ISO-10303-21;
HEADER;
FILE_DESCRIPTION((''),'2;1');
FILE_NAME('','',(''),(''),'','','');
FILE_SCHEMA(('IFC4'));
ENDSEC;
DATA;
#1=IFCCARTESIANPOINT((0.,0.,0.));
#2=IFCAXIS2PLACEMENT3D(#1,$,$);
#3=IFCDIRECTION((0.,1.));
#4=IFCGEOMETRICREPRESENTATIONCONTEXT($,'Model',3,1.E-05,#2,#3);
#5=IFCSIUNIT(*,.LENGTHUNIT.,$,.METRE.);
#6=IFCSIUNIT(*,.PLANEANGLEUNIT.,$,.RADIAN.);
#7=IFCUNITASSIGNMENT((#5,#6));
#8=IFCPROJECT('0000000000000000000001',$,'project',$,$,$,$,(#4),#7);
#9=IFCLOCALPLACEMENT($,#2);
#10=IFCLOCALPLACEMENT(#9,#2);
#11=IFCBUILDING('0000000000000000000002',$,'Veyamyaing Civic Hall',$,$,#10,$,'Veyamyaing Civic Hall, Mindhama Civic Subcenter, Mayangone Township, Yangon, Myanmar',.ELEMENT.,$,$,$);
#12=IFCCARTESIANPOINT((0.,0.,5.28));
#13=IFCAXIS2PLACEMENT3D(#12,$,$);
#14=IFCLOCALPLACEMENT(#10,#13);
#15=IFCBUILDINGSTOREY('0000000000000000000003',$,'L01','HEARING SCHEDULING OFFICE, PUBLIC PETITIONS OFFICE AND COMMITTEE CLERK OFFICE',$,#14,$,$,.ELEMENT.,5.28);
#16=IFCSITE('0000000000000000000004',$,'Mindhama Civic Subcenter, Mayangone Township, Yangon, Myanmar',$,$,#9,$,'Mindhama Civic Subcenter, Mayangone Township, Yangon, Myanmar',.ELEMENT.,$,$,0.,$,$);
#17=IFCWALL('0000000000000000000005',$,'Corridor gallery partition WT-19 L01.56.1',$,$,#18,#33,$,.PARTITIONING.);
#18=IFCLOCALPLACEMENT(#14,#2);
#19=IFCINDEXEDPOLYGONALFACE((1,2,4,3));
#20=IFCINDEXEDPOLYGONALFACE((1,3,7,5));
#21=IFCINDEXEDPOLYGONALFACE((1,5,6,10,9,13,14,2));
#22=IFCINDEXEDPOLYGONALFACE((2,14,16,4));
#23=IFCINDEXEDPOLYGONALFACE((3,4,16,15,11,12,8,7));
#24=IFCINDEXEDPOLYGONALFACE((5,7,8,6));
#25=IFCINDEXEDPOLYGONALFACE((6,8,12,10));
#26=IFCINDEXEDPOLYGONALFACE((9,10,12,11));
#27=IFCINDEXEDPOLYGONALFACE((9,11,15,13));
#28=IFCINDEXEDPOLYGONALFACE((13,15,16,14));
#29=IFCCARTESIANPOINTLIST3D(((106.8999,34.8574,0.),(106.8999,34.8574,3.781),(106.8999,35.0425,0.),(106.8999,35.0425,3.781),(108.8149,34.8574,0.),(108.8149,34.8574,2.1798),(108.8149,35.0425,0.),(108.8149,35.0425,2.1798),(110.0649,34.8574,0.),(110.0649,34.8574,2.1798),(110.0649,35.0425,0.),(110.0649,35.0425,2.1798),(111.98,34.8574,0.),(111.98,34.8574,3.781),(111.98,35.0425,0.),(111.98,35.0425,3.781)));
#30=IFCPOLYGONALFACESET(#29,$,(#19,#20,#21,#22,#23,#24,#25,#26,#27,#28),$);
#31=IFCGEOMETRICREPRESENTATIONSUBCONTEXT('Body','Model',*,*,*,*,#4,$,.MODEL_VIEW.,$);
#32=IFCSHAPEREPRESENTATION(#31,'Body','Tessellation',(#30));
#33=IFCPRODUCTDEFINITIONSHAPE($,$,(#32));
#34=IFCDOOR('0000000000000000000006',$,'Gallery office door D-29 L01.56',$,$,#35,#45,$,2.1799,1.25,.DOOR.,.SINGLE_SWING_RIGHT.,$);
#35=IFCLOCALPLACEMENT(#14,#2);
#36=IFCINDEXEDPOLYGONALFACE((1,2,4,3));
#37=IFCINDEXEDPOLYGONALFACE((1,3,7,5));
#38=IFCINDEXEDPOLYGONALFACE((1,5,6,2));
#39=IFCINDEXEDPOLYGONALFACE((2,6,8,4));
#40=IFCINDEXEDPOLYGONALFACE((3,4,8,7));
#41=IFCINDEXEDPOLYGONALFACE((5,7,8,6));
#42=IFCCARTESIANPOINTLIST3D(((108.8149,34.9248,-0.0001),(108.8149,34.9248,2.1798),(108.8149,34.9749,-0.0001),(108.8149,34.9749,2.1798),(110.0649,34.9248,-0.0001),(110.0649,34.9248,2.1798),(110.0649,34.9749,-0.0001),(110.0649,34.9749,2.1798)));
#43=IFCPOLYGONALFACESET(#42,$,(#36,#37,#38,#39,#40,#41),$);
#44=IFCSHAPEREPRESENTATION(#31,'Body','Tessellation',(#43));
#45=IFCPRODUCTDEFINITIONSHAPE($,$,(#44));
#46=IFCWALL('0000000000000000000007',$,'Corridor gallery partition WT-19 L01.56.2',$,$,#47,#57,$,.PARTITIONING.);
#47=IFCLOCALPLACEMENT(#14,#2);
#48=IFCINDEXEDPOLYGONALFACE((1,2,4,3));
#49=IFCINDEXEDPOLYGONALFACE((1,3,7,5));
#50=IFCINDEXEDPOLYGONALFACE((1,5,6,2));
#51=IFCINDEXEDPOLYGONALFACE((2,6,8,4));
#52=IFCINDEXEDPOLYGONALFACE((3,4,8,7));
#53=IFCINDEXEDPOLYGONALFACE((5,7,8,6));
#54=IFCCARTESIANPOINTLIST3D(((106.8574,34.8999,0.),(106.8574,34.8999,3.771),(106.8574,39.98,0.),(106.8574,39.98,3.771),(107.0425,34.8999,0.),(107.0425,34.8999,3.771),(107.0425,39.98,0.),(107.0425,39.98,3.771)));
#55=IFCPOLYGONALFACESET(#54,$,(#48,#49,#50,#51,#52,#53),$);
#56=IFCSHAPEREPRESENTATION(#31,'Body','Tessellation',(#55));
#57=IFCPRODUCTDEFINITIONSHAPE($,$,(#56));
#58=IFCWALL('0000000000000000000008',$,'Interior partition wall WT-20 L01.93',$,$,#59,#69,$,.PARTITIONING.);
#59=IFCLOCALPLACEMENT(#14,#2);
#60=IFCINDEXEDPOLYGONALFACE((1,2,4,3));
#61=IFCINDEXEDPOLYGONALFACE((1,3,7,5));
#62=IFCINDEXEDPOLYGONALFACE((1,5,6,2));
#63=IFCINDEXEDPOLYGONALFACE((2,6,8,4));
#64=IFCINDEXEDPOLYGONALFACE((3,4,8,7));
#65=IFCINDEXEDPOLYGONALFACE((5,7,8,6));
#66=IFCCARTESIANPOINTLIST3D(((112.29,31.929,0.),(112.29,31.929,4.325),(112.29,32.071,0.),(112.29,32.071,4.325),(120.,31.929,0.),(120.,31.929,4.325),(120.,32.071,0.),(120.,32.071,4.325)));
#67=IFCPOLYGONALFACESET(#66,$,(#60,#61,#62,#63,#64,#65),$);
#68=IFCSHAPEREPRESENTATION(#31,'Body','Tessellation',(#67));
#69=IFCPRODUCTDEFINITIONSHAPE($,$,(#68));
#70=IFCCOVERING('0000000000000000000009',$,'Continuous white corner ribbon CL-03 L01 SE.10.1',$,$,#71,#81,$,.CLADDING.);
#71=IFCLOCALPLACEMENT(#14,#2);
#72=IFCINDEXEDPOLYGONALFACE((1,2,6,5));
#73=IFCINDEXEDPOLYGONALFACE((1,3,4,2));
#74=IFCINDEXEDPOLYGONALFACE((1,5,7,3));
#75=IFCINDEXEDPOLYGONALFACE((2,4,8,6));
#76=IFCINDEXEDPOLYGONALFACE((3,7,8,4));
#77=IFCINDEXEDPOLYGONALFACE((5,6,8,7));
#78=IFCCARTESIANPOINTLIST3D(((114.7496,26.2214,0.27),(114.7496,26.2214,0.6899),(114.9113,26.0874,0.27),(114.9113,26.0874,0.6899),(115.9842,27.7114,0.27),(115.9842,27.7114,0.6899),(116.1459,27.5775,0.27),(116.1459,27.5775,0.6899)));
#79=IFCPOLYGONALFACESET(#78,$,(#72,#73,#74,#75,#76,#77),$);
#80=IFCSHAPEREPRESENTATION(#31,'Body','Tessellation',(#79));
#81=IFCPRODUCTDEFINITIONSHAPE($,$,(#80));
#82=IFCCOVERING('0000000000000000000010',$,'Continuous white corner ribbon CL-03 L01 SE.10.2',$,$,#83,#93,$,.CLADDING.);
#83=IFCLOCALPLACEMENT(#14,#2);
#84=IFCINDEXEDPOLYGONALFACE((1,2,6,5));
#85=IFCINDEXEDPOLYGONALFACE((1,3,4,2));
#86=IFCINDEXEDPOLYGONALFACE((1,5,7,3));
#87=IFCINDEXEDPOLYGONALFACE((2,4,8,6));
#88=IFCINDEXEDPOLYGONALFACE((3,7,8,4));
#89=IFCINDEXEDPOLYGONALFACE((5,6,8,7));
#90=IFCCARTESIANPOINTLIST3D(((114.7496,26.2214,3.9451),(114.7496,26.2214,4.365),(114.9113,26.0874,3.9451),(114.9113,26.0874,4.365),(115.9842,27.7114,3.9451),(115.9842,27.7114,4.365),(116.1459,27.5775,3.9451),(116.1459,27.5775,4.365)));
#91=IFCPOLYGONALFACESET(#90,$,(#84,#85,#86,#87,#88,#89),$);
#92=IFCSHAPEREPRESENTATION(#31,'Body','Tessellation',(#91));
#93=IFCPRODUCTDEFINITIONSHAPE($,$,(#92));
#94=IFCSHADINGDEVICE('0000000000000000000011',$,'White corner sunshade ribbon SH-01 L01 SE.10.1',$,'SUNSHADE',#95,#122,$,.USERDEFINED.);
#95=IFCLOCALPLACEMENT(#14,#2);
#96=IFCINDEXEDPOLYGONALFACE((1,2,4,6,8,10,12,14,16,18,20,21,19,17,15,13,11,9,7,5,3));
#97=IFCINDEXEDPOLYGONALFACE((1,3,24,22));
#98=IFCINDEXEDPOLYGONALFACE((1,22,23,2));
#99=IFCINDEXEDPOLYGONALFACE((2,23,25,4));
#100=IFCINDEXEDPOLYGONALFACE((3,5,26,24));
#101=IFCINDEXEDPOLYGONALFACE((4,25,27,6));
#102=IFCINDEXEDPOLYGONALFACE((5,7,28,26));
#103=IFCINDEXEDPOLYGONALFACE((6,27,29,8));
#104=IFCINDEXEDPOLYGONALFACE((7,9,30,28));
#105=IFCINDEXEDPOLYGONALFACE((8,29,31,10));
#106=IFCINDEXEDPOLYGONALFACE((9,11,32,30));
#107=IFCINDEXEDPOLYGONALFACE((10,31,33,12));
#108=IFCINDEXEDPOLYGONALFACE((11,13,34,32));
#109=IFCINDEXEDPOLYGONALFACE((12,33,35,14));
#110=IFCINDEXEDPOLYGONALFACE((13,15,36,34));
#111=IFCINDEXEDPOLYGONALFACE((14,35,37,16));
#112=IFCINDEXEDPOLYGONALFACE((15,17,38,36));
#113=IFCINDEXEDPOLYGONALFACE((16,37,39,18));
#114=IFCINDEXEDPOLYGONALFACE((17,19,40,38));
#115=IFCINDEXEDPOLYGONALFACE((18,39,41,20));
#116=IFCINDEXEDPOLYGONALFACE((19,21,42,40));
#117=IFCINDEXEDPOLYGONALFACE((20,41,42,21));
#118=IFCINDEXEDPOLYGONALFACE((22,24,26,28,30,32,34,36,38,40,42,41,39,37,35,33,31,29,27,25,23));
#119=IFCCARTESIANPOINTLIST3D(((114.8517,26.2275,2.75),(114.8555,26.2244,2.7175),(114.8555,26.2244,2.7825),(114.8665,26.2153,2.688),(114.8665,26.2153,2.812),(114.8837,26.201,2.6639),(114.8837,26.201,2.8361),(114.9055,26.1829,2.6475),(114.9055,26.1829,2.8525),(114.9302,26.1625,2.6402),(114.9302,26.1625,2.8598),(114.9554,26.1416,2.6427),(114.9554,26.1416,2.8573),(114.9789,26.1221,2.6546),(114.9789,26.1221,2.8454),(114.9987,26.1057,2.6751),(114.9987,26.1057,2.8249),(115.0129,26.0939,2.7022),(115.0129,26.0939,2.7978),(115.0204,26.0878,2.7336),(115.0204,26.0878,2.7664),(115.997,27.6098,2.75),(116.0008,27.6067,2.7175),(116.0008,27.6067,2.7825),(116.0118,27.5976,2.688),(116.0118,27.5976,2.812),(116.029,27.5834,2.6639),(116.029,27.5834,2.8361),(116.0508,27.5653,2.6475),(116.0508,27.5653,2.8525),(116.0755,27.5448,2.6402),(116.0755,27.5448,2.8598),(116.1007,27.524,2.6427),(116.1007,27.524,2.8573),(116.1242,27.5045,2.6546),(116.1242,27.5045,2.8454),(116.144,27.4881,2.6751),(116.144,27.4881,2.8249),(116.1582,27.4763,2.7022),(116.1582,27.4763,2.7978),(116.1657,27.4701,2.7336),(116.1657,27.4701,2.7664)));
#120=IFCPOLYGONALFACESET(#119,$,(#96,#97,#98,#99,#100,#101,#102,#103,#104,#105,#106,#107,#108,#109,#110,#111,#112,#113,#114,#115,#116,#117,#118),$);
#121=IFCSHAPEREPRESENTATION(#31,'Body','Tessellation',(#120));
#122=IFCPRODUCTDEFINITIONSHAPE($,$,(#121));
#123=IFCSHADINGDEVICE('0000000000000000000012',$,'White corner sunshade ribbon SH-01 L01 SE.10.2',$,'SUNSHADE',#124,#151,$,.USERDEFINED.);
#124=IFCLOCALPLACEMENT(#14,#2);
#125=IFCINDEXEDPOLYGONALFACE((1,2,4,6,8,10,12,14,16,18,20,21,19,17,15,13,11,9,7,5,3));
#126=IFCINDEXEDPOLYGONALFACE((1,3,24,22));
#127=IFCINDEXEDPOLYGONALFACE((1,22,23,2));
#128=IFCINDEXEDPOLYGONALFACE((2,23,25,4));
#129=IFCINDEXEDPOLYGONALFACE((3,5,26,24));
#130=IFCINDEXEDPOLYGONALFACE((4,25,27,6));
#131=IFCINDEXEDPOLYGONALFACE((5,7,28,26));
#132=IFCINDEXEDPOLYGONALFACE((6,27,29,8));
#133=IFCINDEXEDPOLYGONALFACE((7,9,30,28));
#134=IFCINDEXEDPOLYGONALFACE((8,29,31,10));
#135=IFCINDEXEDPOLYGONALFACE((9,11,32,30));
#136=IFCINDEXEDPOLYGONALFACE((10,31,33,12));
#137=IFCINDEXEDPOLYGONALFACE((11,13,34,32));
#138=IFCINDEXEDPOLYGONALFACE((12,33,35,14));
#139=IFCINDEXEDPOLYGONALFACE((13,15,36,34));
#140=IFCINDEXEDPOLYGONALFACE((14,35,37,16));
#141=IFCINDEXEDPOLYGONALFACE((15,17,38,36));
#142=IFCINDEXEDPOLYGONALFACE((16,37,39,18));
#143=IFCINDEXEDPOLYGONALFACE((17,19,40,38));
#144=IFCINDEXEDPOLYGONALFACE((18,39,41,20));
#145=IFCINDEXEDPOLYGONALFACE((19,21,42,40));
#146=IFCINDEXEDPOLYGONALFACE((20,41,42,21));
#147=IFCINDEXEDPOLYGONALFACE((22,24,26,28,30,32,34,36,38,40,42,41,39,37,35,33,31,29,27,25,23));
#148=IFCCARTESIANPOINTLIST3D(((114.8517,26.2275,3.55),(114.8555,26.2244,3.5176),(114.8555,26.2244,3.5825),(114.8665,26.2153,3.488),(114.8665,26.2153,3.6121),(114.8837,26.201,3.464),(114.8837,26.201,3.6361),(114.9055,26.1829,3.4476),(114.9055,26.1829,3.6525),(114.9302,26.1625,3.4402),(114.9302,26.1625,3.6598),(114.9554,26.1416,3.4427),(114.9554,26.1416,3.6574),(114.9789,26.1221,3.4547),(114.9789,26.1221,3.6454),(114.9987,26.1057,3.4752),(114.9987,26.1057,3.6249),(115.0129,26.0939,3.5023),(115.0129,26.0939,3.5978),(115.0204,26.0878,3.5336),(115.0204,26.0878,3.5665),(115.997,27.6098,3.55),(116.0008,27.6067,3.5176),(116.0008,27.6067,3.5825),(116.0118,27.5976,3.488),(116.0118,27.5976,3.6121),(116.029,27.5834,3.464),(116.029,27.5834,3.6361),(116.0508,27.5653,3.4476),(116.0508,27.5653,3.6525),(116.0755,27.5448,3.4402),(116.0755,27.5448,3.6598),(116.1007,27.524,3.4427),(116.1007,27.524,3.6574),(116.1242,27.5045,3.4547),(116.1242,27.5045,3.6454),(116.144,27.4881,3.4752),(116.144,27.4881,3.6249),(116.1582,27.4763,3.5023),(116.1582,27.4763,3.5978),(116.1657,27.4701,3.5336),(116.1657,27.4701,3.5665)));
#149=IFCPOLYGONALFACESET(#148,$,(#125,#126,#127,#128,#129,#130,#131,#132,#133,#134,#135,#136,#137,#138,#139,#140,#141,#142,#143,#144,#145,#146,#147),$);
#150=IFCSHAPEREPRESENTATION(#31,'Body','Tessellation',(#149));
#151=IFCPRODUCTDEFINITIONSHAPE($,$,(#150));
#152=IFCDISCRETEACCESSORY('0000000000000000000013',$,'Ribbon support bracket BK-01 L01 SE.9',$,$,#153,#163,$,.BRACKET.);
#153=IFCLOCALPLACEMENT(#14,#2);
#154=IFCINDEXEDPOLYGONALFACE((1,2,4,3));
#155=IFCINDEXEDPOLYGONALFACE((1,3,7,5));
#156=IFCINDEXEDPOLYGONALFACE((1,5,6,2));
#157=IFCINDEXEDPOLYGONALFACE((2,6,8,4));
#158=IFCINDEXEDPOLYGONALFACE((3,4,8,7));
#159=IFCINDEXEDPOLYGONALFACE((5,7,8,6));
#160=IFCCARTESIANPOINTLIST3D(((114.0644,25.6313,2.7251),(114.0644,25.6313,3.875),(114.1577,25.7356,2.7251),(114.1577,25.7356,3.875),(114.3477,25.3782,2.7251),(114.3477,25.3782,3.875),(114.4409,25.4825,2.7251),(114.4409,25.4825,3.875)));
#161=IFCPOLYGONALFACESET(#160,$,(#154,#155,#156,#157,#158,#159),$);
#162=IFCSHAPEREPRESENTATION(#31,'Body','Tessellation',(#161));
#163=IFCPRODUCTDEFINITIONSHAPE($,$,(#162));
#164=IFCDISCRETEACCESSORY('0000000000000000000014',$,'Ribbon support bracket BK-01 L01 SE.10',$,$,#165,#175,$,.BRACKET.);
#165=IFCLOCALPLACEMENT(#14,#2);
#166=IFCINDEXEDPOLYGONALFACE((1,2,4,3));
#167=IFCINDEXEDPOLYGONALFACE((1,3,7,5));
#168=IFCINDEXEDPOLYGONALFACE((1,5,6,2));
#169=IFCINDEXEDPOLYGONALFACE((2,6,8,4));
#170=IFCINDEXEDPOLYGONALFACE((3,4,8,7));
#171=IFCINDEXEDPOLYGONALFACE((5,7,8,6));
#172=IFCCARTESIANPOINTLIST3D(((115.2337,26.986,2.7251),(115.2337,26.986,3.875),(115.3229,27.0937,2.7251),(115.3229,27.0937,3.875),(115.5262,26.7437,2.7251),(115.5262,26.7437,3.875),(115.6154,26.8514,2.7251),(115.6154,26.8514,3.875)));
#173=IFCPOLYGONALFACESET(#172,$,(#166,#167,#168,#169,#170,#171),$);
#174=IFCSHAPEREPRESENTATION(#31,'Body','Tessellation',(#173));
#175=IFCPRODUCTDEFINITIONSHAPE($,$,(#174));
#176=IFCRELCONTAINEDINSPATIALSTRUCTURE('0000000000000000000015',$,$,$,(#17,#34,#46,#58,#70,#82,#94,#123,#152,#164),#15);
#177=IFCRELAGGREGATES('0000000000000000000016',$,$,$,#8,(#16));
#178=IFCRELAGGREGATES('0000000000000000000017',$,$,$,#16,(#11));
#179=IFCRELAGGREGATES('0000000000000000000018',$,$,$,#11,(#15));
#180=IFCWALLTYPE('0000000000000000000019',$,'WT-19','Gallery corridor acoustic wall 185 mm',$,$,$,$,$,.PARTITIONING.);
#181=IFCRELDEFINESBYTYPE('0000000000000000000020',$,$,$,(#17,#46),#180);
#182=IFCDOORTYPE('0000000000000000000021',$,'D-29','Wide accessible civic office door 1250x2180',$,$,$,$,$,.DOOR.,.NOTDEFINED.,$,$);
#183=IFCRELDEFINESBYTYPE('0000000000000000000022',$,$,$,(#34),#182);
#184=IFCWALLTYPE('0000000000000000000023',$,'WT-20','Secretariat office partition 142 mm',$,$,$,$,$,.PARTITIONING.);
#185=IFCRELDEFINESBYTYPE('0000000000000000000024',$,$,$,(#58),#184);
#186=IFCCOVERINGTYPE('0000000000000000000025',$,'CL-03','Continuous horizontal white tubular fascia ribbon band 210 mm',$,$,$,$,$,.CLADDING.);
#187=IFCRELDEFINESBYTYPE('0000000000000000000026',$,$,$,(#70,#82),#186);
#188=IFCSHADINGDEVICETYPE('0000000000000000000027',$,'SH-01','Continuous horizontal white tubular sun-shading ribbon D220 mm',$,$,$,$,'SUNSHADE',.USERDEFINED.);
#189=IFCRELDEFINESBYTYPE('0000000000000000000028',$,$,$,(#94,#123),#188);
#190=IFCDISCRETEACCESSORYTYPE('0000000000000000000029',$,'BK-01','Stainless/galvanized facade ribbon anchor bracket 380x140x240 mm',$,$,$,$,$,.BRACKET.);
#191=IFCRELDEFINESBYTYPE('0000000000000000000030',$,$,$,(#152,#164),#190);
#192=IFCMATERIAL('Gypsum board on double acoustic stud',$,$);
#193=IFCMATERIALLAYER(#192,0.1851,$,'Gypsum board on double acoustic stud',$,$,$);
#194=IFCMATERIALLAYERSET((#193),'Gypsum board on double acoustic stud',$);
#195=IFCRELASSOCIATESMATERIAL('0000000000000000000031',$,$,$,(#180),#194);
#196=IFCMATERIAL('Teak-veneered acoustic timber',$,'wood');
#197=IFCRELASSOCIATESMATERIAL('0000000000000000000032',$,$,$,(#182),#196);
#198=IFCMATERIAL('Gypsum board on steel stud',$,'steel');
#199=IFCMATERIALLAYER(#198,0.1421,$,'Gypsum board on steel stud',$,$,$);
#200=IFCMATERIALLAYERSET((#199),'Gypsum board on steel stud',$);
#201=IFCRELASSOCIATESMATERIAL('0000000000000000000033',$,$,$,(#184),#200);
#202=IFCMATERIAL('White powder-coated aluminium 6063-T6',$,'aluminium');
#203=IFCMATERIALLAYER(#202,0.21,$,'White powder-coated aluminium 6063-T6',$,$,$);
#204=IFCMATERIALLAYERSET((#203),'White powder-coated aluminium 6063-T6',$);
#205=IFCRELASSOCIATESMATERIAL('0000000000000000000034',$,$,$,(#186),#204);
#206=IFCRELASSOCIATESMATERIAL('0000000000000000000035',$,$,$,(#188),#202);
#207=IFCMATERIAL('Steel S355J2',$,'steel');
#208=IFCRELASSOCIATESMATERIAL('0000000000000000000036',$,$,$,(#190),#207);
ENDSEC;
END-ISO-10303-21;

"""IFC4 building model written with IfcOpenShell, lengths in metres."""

from ifc_helpers import new_model, si_unit, direction, frame, frame_2d, origin, origin_2d, place, context, subcontext, project, spatial, rectangle, circle, extrude, material, layer, layer_set, material_profile, profile_set, type_object, element, fill, save


model = new_model("IFC4")

# Units and contexts
model_context = context("Model", 3, precision=1e-05, world=origin(), true_north=direction((0.0, 1.0)))
body_context = subcontext(model_context, "Body", "Model", "MODEL_VIEW")
ifc_project = project(units=[si_unit("LENGTHUNIT", "METRE"), si_unit("PLANEANGLEUNIT", "RADIAN")], contexts=[model_context])

# Site, building, storey
site_placement = place(None, origin())
site = spatial("IfcSite", under=ifc_project, at=site_placement, Name="Mindhama Civic Subcenter, Mayangone Township, Yangon, Myanmar", LongName="Mindhama Civic Subcenter, Mayangone Township, Yangon, Myanmar", CompositionType="ELEMENT", RefElevation=0.0)
building_placement = place(site_placement, origin())
building = spatial("IfcBuilding", under=site, at=building_placement, Name="Veyamyaing Civic Hall", LongName="Veyamyaing Civic Hall, Mindhama Civic Subcenter, Mayangone Township, Yangon, Myanmar", CompositionType="ELEMENT")
storey_placement = place(building_placement, frame((0.0, 0.0, 5.28)))
storey = spatial("IfcBuildingStorey", under=building, at=storey_placement, Name="L01", Description="HEARING SCHEDULING OFFICE, PUBLIC PETITIONS OFFICE AND COMMITTEE CLERK OFFICE", CompositionType="ELEMENT", Elevation=5.28)

# Shared definitions
ifc_material_1 = material(Name="Teak-veneered acoustic timber", Category="wood")

# Shared definitions
ifc_material_2 = material(Name="Gypsum board on steel stud", Category="steel")

# Wall, opening, door
ifc_material_3 = material(Name="Gypsum board on double acoustic stud")
ifc_layer_1 = layer(ifc_material_3, 0.1851, Name="Gypsum board on double acoustic stud")
ifc_layer_set_1 = layer_set([ifc_layer_1], Name="Gypsum board on double acoustic stud")
wall_type_1 = type_object("IfcWallType", Name="WT-19", Description="Gallery corridor acoustic wall 185 mm", PredefinedType="PARTITIONING", material=ifc_layer_set_1)
wall_1_placement = place(storey_placement, frame((106.8999, 34.95, 0.0), z_axis=(0.0, 0.0, 1.0), x_axis=(1.0, 0.0, 0.0)))
wall_1 = element("IfcWall", 1, at=wall_1_placement, inside=storey, type_object=wall_type_1, Name="Corridor gallery partition WT-19 L01.56.1", PredefinedType="PARTITIONING", context=body_context, shape_type="SweptSolid", body=[
    extrude(rectangle(XDim=5.0801, YDim=0.1851, at=frame_2d((2.54, 0.0))), origin(), (0.0, 0.0, 1.0), 3.781),
])
opening_1_placement = place(wall_1_placement, frame((1.915, 0.0, 0.0)))
opening_1 = element("IfcOpeningElement", 2, at=opening_1_placement, cuts=wall_1, PredefinedType="OPENING", context=body_context, shape_type="SweptSolid", body=[
    extrude(rectangle(XDim=1.25, YDim=2.1799, at=frame_2d((0.625, 1.0898))), frame((0.0, 0.1025, 0.0), z_axis=(0.0, -1.0, 0.0), x_axis=(1.0, 0.0, 0.0)), (0.0, 0.0, 1.0), 0.2051),
])
door_type_1 = type_object("IfcDoorType", Name="D-29", Description="Wide accessible civic office door 1250x2180", OperationType="NOTDEFINED", PredefinedType="DOOR", material=ifc_material_1)
door_1_placement = place(opening_1_placement, origin())
door_1 = element("IfcDoor", 3, at=door_1_placement, inside=storey, type_object=door_type_1, Name="Gallery office door D-29 L01.56", OperationType="SINGLE_SWING_RIGHT", OverallHeight=2.1799, OverallWidth=1.25, PredefinedType="DOOR", context=body_context, shape_type="SweptSolid", body=[
    extrude(rectangle(XDim=1.25, YDim=2.1799, at=frame_2d((0.625, 1.0898))), frame((0.0, 0.0249, 0.0), z_axis=(0.0, -1.0, 0.0), x_axis=(1.0, 0.0, 0.0)), (0.0, 0.0, 1.0), 0.05),
])
fill(opening_1, door_1)

# Walls
wall_2_placement = place(storey_placement, frame((106.95, 34.8999, 0.0), z_axis=(0.0, 0.0, 1.0), x_axis=(0.0, 1.0, 0.0)))
element("IfcWall", 4, at=wall_2_placement, inside=storey, type_object=wall_type_1, Name="Corridor gallery partition WT-19 L01.56.2", PredefinedType="PARTITIONING", context=body_context, shape_type="SweptSolid", body=[
    extrude(rectangle(XDim=5.0801, YDim=0.1851, at=frame_2d((2.54, 0.0))), origin(), (0.0, 0.0, 1.0), 3.771),
])
ifc_layer_2 = layer(ifc_material_2, 0.1421, Name="Gypsum board on steel stud")
ifc_layer_set_2 = layer_set([ifc_layer_2], Name="Gypsum board on steel stud")
wall_type_2 = type_object("IfcWallType", Name="WT-20", Description="Secretariat office partition 142 mm", PredefinedType="PARTITIONING", material=ifc_layer_set_2)
wall_3_placement = place(storey_placement, frame((112.29, 32.0, 0.0), z_axis=(0.0, 0.0, 1.0), x_axis=(1.0, 0.0, 0.0)))
element("IfcWall", 5, at=wall_3_placement, inside=storey, type_object=wall_type_2, Name="Interior partition wall WT-20 L01.93", PredefinedType="PARTITIONING", context=body_context, shape_type="SweptSolid", body=[
    extrude(rectangle(XDim=7.71, YDim=0.1421, at=frame_2d((3.855, 0.0))), origin(), (0.0, 0.0, 1.0), 4.325),
])

# Coverings
ifc_material_4 = material(Name="White powder-coated aluminium 6063-T6", Category="aluminium")
ifc_layer_3 = layer(ifc_material_4, 0.21, Name="White powder-coated aluminium 6063-T6")
ifc_layer_set_3 = layer_set([ifc_layer_3], Name="White powder-coated aluminium 6063-T6")
covering_type = type_object("IfcCoveringType", Name="CL-03", Description="Continuous horizontal white tubular fascia ribbon band 210 mm", PredefinedType="CLADDING", material=ifc_layer_set_3)
for number, where, z_axis, x_axis, name in (
    (6, (115.4478, 26.8994, 0.27), (0.0, 0.0, 1.0), (0.638, 0.770036, 0.0), "Continuous white corner ribbon CL-03 L01 SE.10.1"),
    (7, (115.4478, 26.8994, 3.9451), (0.0, 0.0, 1.0), (0.638, 0.770036, 0.0), "Continuous white corner ribbon CL-03 L01 SE.10.2"),
):
    element("IfcCovering", number, at=place(storey_placement, frame(where, z_axis=z_axis, x_axis=x_axis)), inside=storey, type_object=covering_type, Name=name, PredefinedType="CLADDING", context=body_context, shape_type="SweptSolid", body=[
        extrude(rectangle(XDim=1.9351, YDim=0.21, at=origin_2d()), origin(), (0.0, 0.0, 1.0), 0.4199),
    ])

# Shading devices
ifc_material_profile_1 = material_profile(ifc_material_4, circle(Radius=0.1101, at=origin_2d()), Name="SHADE-TUBE-220")
ifc_profile_set_1 = profile_set([ifc_material_profile_1], Name="White powder-coated aluminium 6063-T6")
shading_device_type = type_object("IfcShadingDeviceType", Name="SH-01", Description="Continuous horizontal white tubular sun-shading ribbon D220 mm", ElementType="SUNSHADE", PredefinedType="USERDEFINED", material=ifc_profile_set_1)
for number, where, z_axis, x_axis, name in (
    (8, (114.9365, 26.1572, 2.75), (0.637988, 0.770046, 0.0), (-0.770046, 0.637988, 0.0), "White corner sunshade ribbon SH-01 L01 SE.10.1"),
    (9, (114.9365, 26.1572, 3.55), (0.637988, 0.770046, 0.0), (-0.770046, 0.637988, 0.0), "White corner sunshade ribbon SH-01 L01 SE.10.2"),
):
    element("IfcShadingDevice", number, at=place(storey_placement, frame(where, z_axis=z_axis, x_axis=x_axis)), inside=storey, type_object=shading_device_type, Name=name, ObjectType="SUNSHADE", PredefinedType="USERDEFINED", context=body_context, shape_type="SweptSolid", body=[
        extrude(circle(Radius=0.1101, at=origin_2d()), origin(), (0.0, 0.0, 1.0), 1.7952),
    ])

# Discrete accessories
ifc_material_5 = material(Name="Steel S355J2", Category="steel")
discrete_accessory_type = type_object("IfcDiscreteAccessoryType", Name="BK-01", Description="Stainless/galvanized facade ribbon anchor bracket 380x140x240 mm", PredefinedType="BRACKET", material=ifc_material_5)
for number, where, z_axis, x_axis, name in (
    (10, (114.2527, 25.5569, 2.7251), (0.0, 0.0, 1.0), (0.745642, -0.666347, 0.0), "Ribbon support bracket BK-01 L01 SE.9"),
    (11, (115.4246, 26.9187, 2.7251), (0.0, 0.0, 1.0), (0.770036, -0.638, 0.0), "Ribbon support bracket BK-01 L01 SE.10"),
):
    element("IfcDiscreteAccessory", number, at=place(storey_placement, frame(where, z_axis=z_axis, x_axis=x_axis)), inside=storey, type_object=discrete_accessory_type, Name=name, PredefinedType="BRACKET", context=body_context, shape_type="SweptSolid", body=[
        extrude(rectangle(XDim=0.3799, YDim=0.1399, at=origin_2d()), origin(), (0.0, 0.0, 1.0), 1.1499),
    ])

save(model, "model.ifc")
